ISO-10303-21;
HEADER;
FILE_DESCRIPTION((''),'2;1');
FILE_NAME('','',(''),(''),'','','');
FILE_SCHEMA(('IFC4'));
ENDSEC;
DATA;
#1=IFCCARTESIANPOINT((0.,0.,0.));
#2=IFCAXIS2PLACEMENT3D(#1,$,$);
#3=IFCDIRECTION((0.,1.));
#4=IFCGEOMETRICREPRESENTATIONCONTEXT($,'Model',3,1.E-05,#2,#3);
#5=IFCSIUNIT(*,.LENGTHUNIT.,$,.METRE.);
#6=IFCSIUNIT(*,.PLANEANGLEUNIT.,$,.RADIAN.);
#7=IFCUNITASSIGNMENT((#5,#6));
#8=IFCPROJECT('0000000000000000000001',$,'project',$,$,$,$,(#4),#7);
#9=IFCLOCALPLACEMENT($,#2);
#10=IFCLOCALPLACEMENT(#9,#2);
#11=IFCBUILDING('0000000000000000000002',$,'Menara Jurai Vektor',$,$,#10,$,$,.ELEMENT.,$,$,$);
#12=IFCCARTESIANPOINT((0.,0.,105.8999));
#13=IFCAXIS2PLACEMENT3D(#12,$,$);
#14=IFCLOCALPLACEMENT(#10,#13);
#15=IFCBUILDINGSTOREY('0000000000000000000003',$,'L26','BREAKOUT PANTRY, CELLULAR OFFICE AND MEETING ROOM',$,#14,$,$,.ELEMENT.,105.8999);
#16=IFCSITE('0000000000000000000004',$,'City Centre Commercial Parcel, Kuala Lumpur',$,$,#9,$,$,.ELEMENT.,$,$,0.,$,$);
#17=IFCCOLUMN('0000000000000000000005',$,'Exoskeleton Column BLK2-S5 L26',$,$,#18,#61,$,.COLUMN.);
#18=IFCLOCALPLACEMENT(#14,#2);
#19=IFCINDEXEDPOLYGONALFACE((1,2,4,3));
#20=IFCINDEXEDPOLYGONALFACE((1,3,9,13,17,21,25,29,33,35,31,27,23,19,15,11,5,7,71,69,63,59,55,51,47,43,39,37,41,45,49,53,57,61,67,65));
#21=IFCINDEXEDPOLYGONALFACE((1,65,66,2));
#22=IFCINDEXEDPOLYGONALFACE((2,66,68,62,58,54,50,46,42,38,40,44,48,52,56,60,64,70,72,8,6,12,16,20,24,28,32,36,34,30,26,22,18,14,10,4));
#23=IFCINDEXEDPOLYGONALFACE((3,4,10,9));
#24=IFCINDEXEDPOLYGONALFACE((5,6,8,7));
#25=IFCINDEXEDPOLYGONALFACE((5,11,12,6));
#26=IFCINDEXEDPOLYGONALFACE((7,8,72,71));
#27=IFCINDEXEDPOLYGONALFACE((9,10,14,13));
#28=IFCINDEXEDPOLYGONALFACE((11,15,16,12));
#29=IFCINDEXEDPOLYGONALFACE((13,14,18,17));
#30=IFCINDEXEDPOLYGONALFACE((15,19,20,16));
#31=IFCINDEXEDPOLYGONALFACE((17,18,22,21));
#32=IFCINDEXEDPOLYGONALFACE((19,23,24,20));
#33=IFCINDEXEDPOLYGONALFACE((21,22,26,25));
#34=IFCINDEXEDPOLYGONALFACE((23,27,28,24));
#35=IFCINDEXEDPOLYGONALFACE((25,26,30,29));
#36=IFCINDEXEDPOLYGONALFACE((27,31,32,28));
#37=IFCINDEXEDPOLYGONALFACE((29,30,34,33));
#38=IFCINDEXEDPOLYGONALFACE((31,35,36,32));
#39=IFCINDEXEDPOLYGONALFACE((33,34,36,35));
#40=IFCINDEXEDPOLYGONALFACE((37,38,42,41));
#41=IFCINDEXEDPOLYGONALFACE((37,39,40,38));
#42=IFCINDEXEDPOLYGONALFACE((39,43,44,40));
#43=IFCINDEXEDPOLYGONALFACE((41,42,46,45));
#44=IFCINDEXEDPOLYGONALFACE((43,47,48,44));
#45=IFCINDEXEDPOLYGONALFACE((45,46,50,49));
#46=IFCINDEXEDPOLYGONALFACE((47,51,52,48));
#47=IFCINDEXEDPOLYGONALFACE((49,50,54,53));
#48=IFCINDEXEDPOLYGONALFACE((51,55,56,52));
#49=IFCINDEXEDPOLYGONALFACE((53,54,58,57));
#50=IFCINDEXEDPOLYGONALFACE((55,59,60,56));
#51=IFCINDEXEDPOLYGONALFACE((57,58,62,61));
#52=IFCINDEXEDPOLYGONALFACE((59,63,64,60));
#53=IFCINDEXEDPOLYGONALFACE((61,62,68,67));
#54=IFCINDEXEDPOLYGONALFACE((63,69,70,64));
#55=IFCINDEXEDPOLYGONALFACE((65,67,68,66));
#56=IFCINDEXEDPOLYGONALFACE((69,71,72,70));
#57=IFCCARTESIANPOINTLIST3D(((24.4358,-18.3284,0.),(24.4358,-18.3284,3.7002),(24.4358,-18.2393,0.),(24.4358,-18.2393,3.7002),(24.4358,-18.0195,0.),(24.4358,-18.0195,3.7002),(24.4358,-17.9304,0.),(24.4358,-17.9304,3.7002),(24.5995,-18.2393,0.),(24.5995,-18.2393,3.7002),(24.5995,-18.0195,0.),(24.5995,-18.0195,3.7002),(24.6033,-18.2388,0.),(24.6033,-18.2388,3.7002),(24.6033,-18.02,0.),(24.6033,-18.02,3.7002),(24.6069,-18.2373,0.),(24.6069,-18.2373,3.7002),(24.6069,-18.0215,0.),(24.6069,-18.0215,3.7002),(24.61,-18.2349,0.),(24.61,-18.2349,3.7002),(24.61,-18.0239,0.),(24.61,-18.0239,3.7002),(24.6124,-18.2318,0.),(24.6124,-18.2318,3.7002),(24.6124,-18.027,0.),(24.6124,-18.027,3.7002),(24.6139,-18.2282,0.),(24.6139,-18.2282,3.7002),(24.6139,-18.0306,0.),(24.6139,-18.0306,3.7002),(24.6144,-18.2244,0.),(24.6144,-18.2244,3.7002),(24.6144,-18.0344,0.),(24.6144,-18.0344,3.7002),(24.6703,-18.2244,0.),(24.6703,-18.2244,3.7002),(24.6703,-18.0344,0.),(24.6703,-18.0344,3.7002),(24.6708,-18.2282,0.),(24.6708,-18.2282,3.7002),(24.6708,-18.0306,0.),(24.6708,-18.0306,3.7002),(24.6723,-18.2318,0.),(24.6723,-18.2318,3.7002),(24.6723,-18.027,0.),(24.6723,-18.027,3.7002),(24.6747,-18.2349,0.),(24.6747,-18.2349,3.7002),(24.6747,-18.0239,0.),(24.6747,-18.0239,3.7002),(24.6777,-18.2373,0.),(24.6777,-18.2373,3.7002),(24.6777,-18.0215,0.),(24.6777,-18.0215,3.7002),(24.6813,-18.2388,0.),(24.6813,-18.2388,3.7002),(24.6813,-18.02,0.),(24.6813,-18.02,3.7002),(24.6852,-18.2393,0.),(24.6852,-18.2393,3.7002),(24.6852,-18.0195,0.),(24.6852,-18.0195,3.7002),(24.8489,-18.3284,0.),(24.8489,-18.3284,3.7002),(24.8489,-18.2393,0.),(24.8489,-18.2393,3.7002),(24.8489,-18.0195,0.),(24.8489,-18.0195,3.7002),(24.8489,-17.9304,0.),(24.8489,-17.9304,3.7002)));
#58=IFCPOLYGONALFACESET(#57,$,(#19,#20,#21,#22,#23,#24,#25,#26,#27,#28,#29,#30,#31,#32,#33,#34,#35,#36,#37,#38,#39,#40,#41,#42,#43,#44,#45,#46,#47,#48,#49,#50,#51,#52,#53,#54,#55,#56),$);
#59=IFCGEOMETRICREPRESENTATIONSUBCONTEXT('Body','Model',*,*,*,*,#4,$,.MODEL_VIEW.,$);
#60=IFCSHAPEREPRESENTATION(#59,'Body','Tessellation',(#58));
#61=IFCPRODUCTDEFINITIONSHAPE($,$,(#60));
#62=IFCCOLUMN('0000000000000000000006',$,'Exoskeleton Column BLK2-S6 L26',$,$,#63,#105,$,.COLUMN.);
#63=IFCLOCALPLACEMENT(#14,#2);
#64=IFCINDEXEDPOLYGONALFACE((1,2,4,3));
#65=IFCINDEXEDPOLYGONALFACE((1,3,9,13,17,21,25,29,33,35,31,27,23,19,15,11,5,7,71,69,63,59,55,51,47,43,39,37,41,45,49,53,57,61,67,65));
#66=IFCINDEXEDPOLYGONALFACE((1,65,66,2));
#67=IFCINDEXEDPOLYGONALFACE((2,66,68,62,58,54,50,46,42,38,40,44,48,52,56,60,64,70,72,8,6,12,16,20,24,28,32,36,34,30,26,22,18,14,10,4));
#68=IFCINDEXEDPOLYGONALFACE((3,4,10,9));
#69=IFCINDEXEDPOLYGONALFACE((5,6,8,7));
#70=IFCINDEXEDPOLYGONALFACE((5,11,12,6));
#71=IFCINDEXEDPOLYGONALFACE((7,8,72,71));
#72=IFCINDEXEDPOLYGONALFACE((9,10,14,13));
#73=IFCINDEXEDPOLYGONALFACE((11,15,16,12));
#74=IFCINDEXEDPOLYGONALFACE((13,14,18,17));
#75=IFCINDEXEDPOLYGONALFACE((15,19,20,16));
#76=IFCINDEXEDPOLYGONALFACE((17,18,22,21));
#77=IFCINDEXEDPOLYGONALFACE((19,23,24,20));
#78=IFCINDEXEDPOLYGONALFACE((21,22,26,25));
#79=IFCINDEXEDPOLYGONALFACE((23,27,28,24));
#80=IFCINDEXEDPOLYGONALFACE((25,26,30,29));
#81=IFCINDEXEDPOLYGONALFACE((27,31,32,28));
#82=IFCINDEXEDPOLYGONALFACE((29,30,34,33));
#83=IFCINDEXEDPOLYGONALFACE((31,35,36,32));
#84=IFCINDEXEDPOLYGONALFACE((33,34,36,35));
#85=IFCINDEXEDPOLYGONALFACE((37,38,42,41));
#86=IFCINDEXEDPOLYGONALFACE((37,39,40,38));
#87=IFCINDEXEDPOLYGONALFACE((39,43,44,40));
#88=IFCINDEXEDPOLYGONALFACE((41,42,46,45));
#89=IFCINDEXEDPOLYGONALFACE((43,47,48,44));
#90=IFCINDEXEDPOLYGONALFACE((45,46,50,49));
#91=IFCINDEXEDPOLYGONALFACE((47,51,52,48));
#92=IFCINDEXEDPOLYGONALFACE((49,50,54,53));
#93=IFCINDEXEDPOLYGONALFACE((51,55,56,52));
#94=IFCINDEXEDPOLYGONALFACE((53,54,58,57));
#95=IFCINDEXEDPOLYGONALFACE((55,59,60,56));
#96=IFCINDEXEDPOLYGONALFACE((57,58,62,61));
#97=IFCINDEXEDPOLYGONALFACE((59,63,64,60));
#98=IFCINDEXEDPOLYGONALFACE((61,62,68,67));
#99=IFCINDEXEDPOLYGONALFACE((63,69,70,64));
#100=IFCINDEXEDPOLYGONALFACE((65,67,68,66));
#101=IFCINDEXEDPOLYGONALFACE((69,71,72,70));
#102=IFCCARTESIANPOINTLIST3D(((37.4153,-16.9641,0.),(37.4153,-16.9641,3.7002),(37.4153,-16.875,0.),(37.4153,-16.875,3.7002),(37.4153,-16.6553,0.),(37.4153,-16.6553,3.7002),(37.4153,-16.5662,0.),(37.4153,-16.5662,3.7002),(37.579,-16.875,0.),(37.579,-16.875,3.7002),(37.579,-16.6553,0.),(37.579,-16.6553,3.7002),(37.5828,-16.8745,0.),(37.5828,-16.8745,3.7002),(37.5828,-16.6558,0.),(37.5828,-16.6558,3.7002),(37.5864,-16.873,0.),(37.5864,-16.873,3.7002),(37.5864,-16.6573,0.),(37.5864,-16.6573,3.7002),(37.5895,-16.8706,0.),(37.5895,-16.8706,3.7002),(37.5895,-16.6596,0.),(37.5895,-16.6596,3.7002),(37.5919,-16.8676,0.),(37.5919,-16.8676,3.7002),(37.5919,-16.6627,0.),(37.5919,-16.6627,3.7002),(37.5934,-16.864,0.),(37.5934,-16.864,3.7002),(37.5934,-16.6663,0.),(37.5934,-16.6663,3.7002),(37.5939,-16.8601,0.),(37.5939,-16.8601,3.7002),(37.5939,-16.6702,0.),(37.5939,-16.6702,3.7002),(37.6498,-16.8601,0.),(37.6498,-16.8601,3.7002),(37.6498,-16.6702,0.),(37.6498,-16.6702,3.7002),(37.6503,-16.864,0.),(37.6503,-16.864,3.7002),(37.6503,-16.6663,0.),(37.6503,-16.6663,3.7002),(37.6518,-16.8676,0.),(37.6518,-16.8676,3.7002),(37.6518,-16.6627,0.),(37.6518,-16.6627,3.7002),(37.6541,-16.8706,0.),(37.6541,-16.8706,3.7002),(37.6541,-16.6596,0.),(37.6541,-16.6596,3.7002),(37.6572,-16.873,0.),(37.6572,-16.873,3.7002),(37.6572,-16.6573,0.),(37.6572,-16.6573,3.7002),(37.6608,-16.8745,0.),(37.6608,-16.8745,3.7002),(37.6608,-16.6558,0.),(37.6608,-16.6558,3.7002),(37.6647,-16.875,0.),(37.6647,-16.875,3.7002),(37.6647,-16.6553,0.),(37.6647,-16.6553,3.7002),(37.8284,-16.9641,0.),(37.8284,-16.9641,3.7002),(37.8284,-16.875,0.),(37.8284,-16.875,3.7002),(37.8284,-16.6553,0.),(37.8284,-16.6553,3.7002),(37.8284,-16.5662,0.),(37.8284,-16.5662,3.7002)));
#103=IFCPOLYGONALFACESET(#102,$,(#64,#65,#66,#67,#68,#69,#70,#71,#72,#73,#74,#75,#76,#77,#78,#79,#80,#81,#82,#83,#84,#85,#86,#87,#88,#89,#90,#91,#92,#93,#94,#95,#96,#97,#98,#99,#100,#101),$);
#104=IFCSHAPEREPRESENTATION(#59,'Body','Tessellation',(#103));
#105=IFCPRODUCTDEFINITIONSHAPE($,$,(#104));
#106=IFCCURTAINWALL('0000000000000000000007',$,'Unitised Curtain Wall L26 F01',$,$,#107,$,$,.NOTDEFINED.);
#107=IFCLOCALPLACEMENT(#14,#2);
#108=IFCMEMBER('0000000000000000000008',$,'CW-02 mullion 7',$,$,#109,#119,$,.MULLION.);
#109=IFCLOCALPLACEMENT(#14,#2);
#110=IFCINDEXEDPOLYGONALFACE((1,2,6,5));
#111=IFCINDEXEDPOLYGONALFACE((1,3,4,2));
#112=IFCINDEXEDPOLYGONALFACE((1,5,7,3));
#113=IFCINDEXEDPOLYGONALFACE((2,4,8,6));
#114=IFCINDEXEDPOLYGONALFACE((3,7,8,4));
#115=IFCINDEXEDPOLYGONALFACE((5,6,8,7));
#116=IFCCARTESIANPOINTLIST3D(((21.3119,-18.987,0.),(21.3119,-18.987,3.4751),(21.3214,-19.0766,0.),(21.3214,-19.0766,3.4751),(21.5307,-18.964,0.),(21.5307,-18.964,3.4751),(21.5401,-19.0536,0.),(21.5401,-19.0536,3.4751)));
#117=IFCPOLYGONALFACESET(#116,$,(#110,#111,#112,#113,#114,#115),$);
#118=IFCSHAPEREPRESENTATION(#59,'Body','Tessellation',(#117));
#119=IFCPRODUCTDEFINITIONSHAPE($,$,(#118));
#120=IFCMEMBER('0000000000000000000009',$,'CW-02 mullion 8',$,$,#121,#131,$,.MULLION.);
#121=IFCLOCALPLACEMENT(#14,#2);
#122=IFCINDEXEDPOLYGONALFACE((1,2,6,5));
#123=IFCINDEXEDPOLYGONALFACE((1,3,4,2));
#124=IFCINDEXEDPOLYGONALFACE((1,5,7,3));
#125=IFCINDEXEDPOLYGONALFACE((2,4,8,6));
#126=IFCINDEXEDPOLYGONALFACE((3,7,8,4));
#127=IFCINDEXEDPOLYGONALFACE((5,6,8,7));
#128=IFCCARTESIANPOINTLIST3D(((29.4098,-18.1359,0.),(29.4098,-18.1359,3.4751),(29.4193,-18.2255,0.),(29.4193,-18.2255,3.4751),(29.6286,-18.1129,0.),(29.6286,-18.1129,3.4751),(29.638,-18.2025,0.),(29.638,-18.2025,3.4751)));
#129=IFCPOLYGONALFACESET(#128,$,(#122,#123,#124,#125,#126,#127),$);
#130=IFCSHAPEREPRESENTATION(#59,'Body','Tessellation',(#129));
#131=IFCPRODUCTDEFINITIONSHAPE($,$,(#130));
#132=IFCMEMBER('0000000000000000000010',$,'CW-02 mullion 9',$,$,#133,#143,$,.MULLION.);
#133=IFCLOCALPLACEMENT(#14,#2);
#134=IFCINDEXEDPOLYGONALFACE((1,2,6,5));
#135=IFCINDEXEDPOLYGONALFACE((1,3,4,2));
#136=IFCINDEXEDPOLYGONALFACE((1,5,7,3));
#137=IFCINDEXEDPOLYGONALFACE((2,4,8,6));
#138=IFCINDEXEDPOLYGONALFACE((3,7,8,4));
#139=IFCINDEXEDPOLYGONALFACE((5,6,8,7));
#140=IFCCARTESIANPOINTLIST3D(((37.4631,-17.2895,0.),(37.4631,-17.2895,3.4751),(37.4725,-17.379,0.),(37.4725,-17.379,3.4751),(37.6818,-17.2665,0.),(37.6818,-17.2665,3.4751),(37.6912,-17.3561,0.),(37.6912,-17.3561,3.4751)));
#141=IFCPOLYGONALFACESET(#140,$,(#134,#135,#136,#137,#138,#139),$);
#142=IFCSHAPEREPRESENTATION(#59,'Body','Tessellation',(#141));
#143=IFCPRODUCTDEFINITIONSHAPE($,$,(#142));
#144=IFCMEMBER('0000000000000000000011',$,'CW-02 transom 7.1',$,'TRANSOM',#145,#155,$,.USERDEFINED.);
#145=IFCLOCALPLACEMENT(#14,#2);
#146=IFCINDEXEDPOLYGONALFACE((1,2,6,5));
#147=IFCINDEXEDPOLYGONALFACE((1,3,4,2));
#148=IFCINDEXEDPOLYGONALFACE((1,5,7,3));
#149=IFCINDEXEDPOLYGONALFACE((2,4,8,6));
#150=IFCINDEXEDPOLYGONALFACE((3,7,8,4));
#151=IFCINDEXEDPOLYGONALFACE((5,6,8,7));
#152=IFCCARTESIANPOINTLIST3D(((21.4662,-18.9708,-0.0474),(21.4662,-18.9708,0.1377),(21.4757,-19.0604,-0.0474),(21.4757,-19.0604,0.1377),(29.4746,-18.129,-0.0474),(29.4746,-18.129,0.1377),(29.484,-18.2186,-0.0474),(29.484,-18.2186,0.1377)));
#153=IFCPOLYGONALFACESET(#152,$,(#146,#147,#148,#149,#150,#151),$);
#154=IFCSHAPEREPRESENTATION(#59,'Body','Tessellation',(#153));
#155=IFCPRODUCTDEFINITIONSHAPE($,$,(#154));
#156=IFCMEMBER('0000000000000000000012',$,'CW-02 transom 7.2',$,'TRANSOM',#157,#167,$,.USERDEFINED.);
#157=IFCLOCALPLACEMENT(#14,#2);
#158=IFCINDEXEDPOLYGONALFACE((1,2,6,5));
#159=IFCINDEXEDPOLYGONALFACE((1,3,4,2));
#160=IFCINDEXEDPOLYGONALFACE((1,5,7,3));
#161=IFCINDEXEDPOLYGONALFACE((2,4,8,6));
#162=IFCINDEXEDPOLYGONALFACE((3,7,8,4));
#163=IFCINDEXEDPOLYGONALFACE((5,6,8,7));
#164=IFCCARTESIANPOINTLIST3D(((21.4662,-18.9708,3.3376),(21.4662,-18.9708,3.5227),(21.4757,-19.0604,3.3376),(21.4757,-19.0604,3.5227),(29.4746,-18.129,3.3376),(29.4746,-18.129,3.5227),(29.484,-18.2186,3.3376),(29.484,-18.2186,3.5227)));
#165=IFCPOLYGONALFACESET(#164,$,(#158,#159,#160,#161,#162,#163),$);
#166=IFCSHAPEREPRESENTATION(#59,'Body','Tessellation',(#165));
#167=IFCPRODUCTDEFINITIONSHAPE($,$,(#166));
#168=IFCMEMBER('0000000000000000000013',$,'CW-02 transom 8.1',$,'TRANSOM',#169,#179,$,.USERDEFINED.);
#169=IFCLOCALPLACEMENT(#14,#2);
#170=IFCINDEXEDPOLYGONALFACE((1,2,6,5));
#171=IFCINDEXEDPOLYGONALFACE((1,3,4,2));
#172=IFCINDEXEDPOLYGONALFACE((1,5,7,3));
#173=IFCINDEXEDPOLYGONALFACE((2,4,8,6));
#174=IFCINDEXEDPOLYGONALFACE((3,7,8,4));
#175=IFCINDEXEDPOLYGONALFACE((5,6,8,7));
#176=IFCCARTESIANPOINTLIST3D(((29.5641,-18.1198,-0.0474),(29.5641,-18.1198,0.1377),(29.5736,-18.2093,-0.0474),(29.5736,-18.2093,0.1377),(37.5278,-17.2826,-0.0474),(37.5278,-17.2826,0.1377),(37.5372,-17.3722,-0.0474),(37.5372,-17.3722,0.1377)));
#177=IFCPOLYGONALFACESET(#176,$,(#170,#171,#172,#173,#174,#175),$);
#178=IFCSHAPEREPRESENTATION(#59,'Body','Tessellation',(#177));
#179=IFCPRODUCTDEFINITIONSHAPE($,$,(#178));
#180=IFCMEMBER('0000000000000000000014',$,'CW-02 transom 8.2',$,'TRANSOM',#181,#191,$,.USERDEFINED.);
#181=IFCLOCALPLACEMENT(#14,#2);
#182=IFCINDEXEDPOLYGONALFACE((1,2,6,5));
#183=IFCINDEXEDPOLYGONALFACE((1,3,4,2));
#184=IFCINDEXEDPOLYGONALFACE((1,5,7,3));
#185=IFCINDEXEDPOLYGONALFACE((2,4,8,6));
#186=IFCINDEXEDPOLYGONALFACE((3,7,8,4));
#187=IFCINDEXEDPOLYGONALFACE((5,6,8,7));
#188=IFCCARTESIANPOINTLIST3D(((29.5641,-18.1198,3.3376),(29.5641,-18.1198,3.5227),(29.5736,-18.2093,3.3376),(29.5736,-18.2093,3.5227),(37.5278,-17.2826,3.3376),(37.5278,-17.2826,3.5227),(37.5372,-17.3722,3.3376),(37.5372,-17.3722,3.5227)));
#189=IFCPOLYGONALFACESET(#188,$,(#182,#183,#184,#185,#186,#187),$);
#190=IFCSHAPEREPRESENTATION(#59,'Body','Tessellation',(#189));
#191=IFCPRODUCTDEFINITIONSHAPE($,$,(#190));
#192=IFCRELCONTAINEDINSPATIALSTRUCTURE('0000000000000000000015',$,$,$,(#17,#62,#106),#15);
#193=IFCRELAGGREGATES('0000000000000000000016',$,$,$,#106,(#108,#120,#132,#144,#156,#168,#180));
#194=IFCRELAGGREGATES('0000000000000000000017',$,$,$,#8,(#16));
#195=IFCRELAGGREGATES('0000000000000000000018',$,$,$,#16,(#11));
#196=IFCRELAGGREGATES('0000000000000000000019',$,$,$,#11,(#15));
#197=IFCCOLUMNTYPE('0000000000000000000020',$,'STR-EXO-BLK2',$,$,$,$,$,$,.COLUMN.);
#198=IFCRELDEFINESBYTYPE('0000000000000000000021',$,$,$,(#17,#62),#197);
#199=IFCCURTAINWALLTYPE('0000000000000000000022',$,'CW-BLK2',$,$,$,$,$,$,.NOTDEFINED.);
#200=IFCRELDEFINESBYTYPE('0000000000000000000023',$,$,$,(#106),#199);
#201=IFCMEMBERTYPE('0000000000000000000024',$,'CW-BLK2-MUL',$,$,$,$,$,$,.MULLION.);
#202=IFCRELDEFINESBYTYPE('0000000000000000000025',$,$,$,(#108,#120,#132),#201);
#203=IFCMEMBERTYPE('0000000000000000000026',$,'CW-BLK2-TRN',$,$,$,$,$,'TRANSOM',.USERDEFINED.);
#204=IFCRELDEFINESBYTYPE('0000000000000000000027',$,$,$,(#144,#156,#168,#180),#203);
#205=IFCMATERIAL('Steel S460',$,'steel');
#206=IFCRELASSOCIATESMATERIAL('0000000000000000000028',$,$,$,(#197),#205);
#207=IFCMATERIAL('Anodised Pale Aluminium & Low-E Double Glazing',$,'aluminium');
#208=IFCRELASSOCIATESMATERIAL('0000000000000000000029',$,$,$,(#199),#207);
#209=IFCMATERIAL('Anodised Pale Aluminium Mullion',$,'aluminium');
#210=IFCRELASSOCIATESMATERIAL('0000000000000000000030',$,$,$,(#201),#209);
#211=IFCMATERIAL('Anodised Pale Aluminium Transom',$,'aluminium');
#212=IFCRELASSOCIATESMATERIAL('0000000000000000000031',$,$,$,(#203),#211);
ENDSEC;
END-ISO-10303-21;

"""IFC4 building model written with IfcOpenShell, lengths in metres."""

from ifc_helpers import new_model, si_unit, direction, frame, origin, origin_2d, place, context, subcontext, project, spatial, rectangle, i_section, extrude, material, material_profile, profile_set, type_object, element, aggregate, save


model = new_model("IFC4")

# Units and contexts
model_context = context("Model", 3, precision=1e-05, world=origin(), true_north=direction((0.0, 1.0)))
body_context = subcontext(model_context, "Body", "Model", "MODEL_VIEW")
ifc_project = project(units=[si_unit("LENGTHUNIT", "METRE"), si_unit("PLANEANGLEUNIT", "RADIAN")], contexts=[model_context])

# Site, building, storey
site_placement = place(None, origin())
site = spatial("IfcSite", under=ifc_project, at=site_placement, Name="City Centre Commercial Parcel, Kuala Lumpur", CompositionType="ELEMENT", RefElevation=0.0)
building_placement = place(site_placement, origin())
building = spatial("IfcBuilding", under=site, at=building_placement, Name="Menara Jurai Vektor", CompositionType="ELEMENT")
storey_placement = place(building_placement, frame((0.0, 0.0, 105.8999)))
storey = spatial("IfcBuildingStorey", under=building, at=storey_placement, Name="L26", Description="BREAKOUT PANTRY, CELLULAR OFFICE AND MEETING ROOM", CompositionType="ELEMENT", Elevation=105.8999)

# Columns
ifc_material_1 = material(Name="Steel S460", Category="steel")
ifc_material_profile_1 = material_profile(ifc_material_1, i_section(OverallWidth=0.4131, OverallDepth=0.3979, WebThickness=0.0559, FlangeThickness=0.0891, FilletRadius=0.0149, at=origin_2d()), Name="HD 400x744")
ifc_profile_set_1 = profile_set([ifc_material_profile_1], Name="Steel S460")
column_type = type_object("IfcColumnType", Name="STR-EXO-BLK2", PredefinedType="COLUMN", material=ifc_profile_set_1)
for number, where, z_axis, x_axis, name in (
    (1, (24.6423, -18.1294, 0.0), (0.0, 0.0, 1.0), (1.0, 0.0, 0.0), "Exoskeleton Column BLK2-S5 L26"),
    (2, (37.6218, -16.7651, 0.0), (0.0, 0.0, 1.0), (1.0, 0.0, 0.0), "Exoskeleton Column BLK2-S6 L26"),
):
    element("IfcColumn", number, at=place(storey_placement, frame(where, z_axis=z_axis, x_axis=x_axis)), inside=storey, type_object=column_type, Name=name, PredefinedType="COLUMN", context=body_context, shape_type="SweptSolid", body=[
        extrude(i_section(OverallWidth=0.4131, OverallDepth=0.3979, WebThickness=0.0559, FlangeThickness=0.0891, FilletRadius=0.0149, at=origin_2d()), origin(), (0.0, 0.0, 1.0), 3.7002),
    ])

# Curtain wall, members
ifc_material_2 = material(Name="Anodised Pale Aluminium & Low-E Double Glazing", Category="aluminium")
curtain_wall_type = type_object("IfcCurtainWallType", Name="CW-BLK2", PredefinedType="NOTDEFINED", material=ifc_material_2)
curtain_wall_placement = place(storey_placement, origin())
curtain_wall = element("IfcCurtainWall", 3, at=curtain_wall_placement, inside=storey, type_object=curtain_wall_type, Name="Unitised Curtain Wall L26 F01", PredefinedType="NOTDEFINED")
ifc_material_3 = material(Name="Anodised Pale Aluminium Mullion", Category="aluminium")
ifc_material_profile_2 = material_profile(ifc_material_3, rectangle(XDim=0.0901, YDim=0.22, at=origin_2d()), Name="ALU MUL 90x220")
ifc_profile_set_2 = profile_set([ifc_material_profile_2], Name="Anodised Pale Aluminium Mullion")
member_type_1 = type_object("IfcMemberType", Name="CW-BLK2-MUL", PredefinedType="MULLION", material=ifc_profile_set_2)
member_1_placement = place(storey_placement, frame((21.426, -19.0203, 0.0), z_axis=(0.0, 0.0, 1.0), x_axis=(-0.104529, 0.994522, 0.0)))
member_1 = element("IfcMember", 4, at=member_1_placement, type_object=member_type_1, Name="CW-02 mullion 7", PredefinedType="MULLION", context=body_context, shape_type="SweptSolid", body=[
    extrude(rectangle(XDim=0.0901, YDim=0.22, at=origin_2d()), origin(), (0.0, 0.0, 1.0), 3.4751),
])
member_2_placement = place(storey_placement, frame((29.5239, -18.1692, 0.0), z_axis=(0.0, 0.0, 1.0), x_axis=(-0.104529, 0.994522, 0.0)))
member_2 = element("IfcMember", 5, at=member_2_placement, type_object=member_type_1, Name="CW-02 mullion 8", PredefinedType="MULLION", context=body_context, shape_type="SweptSolid", body=[
    extrude(rectangle(XDim=0.0901, YDim=0.22, at=origin_2d()), origin(), (0.0, 0.0, 1.0), 3.4751),
])
member_3_placement = place(storey_placement, frame((37.5771, -17.3228, 0.0), z_axis=(0.0, 0.0, 1.0), x_axis=(-0.104529, 0.994522, 0.0)))
member_3 = element("IfcMember", 6, at=member_3_placement, type_object=member_type_1, Name="CW-02 mullion 9", PredefinedType="MULLION", context=body_context, shape_type="SweptSolid", body=[
    extrude(rectangle(XDim=0.0901, YDim=0.22, at=origin_2d()), origin(), (0.0, 0.0, 1.0), 3.4751),
])
ifc_material_4 = material(Name="Anodised Pale Aluminium Transom", Category="aluminium")
ifc_material_profile_3 = material_profile(ifc_material_4, rectangle(XDim=0.0901, YDim=0.1851, at=origin_2d()), Name="ALU TRN 90x185")
ifc_profile_set_3 = profile_set([ifc_material_profile_3], Name="Anodised Pale Aluminium Transom")
member_type_2 = type_object("IfcMemberType", Name="CW-BLK2-TRN", ElementType="TRANSOM", PredefinedType="USERDEFINED", material=ifc_profile_set_3)
member_4_placement = place(storey_placement, frame((21.4709, -19.0156, 0.0452), z_axis=(0.994521, 0.10454, 0.0), x_axis=(-0.10454, 0.994521, 0.0)))
member_4 = element("IfcMember", 7, at=member_4_placement, type_object=member_type_2, Name="CW-02 transom 7.1", ObjectType="TRANSOM", PredefinedType="USERDEFINED", context=body_context, shape_type="SweptSolid", body=[
    extrude(rectangle(XDim=0.0901, YDim=0.1851, at=origin_2d()), origin(), (0.0, 0.0, 1.0), 8.0525),
])
member_5_placement = place(storey_placement, frame((21.4709, -19.0156, 3.4302), z_axis=(0.994521, 0.10454, 0.0), x_axis=(-0.10454, 0.994521, 0.0)))
member_5 = element("IfcMember", 8, at=member_5_placement, type_object=member_type_2, Name="CW-02 transom 7.2", ObjectType="TRANSOM", PredefinedType="USERDEFINED", context=body_context, shape_type="SweptSolid", body=[
    extrude(rectangle(XDim=0.0901, YDim=0.1851, at=origin_2d()), origin(), (0.0, 0.0, 1.0), 8.0525),
])
member_6_placement = place(storey_placement, frame((29.5688, -18.1646, 0.0452), z_axis=(0.99452, 0.104547, 0.0), x_axis=(-0.104547, 0.99452, 0.0)))
member_6 = element("IfcMember", 9, at=member_6_placement, type_object=member_type_2, Name="CW-02 transom 8.1", ObjectType="TRANSOM", PredefinedType="USERDEFINED", context=body_context, shape_type="SweptSolid", body=[
    extrude(rectangle(XDim=0.0901, YDim=0.1851, at=origin_2d()), origin(), (0.0, 0.0, 1.0), 8.0076),
])
member_7_placement = place(storey_placement, frame((29.5688, -18.1646, 3.4302), z_axis=(0.99452, 0.104547, 0.0), x_axis=(-0.104547, 0.99452, 0.0)))
member_7 = element("IfcMember", 10, at=member_7_placement, type_object=member_type_2, Name="CW-02 transom 8.2", ObjectType="TRANSOM", PredefinedType="USERDEFINED", context=body_context, shape_type="SweptSolid", body=[
    extrude(rectangle(XDim=0.0901, YDim=0.1851, at=origin_2d()), origin(), (0.0, 0.0, 1.0), 8.0076),
])

aggregate(curtain_wall, [member_1, member_2, member_3, member_4, member_5, member_6, member_7])

save(model, "model.ifc")
